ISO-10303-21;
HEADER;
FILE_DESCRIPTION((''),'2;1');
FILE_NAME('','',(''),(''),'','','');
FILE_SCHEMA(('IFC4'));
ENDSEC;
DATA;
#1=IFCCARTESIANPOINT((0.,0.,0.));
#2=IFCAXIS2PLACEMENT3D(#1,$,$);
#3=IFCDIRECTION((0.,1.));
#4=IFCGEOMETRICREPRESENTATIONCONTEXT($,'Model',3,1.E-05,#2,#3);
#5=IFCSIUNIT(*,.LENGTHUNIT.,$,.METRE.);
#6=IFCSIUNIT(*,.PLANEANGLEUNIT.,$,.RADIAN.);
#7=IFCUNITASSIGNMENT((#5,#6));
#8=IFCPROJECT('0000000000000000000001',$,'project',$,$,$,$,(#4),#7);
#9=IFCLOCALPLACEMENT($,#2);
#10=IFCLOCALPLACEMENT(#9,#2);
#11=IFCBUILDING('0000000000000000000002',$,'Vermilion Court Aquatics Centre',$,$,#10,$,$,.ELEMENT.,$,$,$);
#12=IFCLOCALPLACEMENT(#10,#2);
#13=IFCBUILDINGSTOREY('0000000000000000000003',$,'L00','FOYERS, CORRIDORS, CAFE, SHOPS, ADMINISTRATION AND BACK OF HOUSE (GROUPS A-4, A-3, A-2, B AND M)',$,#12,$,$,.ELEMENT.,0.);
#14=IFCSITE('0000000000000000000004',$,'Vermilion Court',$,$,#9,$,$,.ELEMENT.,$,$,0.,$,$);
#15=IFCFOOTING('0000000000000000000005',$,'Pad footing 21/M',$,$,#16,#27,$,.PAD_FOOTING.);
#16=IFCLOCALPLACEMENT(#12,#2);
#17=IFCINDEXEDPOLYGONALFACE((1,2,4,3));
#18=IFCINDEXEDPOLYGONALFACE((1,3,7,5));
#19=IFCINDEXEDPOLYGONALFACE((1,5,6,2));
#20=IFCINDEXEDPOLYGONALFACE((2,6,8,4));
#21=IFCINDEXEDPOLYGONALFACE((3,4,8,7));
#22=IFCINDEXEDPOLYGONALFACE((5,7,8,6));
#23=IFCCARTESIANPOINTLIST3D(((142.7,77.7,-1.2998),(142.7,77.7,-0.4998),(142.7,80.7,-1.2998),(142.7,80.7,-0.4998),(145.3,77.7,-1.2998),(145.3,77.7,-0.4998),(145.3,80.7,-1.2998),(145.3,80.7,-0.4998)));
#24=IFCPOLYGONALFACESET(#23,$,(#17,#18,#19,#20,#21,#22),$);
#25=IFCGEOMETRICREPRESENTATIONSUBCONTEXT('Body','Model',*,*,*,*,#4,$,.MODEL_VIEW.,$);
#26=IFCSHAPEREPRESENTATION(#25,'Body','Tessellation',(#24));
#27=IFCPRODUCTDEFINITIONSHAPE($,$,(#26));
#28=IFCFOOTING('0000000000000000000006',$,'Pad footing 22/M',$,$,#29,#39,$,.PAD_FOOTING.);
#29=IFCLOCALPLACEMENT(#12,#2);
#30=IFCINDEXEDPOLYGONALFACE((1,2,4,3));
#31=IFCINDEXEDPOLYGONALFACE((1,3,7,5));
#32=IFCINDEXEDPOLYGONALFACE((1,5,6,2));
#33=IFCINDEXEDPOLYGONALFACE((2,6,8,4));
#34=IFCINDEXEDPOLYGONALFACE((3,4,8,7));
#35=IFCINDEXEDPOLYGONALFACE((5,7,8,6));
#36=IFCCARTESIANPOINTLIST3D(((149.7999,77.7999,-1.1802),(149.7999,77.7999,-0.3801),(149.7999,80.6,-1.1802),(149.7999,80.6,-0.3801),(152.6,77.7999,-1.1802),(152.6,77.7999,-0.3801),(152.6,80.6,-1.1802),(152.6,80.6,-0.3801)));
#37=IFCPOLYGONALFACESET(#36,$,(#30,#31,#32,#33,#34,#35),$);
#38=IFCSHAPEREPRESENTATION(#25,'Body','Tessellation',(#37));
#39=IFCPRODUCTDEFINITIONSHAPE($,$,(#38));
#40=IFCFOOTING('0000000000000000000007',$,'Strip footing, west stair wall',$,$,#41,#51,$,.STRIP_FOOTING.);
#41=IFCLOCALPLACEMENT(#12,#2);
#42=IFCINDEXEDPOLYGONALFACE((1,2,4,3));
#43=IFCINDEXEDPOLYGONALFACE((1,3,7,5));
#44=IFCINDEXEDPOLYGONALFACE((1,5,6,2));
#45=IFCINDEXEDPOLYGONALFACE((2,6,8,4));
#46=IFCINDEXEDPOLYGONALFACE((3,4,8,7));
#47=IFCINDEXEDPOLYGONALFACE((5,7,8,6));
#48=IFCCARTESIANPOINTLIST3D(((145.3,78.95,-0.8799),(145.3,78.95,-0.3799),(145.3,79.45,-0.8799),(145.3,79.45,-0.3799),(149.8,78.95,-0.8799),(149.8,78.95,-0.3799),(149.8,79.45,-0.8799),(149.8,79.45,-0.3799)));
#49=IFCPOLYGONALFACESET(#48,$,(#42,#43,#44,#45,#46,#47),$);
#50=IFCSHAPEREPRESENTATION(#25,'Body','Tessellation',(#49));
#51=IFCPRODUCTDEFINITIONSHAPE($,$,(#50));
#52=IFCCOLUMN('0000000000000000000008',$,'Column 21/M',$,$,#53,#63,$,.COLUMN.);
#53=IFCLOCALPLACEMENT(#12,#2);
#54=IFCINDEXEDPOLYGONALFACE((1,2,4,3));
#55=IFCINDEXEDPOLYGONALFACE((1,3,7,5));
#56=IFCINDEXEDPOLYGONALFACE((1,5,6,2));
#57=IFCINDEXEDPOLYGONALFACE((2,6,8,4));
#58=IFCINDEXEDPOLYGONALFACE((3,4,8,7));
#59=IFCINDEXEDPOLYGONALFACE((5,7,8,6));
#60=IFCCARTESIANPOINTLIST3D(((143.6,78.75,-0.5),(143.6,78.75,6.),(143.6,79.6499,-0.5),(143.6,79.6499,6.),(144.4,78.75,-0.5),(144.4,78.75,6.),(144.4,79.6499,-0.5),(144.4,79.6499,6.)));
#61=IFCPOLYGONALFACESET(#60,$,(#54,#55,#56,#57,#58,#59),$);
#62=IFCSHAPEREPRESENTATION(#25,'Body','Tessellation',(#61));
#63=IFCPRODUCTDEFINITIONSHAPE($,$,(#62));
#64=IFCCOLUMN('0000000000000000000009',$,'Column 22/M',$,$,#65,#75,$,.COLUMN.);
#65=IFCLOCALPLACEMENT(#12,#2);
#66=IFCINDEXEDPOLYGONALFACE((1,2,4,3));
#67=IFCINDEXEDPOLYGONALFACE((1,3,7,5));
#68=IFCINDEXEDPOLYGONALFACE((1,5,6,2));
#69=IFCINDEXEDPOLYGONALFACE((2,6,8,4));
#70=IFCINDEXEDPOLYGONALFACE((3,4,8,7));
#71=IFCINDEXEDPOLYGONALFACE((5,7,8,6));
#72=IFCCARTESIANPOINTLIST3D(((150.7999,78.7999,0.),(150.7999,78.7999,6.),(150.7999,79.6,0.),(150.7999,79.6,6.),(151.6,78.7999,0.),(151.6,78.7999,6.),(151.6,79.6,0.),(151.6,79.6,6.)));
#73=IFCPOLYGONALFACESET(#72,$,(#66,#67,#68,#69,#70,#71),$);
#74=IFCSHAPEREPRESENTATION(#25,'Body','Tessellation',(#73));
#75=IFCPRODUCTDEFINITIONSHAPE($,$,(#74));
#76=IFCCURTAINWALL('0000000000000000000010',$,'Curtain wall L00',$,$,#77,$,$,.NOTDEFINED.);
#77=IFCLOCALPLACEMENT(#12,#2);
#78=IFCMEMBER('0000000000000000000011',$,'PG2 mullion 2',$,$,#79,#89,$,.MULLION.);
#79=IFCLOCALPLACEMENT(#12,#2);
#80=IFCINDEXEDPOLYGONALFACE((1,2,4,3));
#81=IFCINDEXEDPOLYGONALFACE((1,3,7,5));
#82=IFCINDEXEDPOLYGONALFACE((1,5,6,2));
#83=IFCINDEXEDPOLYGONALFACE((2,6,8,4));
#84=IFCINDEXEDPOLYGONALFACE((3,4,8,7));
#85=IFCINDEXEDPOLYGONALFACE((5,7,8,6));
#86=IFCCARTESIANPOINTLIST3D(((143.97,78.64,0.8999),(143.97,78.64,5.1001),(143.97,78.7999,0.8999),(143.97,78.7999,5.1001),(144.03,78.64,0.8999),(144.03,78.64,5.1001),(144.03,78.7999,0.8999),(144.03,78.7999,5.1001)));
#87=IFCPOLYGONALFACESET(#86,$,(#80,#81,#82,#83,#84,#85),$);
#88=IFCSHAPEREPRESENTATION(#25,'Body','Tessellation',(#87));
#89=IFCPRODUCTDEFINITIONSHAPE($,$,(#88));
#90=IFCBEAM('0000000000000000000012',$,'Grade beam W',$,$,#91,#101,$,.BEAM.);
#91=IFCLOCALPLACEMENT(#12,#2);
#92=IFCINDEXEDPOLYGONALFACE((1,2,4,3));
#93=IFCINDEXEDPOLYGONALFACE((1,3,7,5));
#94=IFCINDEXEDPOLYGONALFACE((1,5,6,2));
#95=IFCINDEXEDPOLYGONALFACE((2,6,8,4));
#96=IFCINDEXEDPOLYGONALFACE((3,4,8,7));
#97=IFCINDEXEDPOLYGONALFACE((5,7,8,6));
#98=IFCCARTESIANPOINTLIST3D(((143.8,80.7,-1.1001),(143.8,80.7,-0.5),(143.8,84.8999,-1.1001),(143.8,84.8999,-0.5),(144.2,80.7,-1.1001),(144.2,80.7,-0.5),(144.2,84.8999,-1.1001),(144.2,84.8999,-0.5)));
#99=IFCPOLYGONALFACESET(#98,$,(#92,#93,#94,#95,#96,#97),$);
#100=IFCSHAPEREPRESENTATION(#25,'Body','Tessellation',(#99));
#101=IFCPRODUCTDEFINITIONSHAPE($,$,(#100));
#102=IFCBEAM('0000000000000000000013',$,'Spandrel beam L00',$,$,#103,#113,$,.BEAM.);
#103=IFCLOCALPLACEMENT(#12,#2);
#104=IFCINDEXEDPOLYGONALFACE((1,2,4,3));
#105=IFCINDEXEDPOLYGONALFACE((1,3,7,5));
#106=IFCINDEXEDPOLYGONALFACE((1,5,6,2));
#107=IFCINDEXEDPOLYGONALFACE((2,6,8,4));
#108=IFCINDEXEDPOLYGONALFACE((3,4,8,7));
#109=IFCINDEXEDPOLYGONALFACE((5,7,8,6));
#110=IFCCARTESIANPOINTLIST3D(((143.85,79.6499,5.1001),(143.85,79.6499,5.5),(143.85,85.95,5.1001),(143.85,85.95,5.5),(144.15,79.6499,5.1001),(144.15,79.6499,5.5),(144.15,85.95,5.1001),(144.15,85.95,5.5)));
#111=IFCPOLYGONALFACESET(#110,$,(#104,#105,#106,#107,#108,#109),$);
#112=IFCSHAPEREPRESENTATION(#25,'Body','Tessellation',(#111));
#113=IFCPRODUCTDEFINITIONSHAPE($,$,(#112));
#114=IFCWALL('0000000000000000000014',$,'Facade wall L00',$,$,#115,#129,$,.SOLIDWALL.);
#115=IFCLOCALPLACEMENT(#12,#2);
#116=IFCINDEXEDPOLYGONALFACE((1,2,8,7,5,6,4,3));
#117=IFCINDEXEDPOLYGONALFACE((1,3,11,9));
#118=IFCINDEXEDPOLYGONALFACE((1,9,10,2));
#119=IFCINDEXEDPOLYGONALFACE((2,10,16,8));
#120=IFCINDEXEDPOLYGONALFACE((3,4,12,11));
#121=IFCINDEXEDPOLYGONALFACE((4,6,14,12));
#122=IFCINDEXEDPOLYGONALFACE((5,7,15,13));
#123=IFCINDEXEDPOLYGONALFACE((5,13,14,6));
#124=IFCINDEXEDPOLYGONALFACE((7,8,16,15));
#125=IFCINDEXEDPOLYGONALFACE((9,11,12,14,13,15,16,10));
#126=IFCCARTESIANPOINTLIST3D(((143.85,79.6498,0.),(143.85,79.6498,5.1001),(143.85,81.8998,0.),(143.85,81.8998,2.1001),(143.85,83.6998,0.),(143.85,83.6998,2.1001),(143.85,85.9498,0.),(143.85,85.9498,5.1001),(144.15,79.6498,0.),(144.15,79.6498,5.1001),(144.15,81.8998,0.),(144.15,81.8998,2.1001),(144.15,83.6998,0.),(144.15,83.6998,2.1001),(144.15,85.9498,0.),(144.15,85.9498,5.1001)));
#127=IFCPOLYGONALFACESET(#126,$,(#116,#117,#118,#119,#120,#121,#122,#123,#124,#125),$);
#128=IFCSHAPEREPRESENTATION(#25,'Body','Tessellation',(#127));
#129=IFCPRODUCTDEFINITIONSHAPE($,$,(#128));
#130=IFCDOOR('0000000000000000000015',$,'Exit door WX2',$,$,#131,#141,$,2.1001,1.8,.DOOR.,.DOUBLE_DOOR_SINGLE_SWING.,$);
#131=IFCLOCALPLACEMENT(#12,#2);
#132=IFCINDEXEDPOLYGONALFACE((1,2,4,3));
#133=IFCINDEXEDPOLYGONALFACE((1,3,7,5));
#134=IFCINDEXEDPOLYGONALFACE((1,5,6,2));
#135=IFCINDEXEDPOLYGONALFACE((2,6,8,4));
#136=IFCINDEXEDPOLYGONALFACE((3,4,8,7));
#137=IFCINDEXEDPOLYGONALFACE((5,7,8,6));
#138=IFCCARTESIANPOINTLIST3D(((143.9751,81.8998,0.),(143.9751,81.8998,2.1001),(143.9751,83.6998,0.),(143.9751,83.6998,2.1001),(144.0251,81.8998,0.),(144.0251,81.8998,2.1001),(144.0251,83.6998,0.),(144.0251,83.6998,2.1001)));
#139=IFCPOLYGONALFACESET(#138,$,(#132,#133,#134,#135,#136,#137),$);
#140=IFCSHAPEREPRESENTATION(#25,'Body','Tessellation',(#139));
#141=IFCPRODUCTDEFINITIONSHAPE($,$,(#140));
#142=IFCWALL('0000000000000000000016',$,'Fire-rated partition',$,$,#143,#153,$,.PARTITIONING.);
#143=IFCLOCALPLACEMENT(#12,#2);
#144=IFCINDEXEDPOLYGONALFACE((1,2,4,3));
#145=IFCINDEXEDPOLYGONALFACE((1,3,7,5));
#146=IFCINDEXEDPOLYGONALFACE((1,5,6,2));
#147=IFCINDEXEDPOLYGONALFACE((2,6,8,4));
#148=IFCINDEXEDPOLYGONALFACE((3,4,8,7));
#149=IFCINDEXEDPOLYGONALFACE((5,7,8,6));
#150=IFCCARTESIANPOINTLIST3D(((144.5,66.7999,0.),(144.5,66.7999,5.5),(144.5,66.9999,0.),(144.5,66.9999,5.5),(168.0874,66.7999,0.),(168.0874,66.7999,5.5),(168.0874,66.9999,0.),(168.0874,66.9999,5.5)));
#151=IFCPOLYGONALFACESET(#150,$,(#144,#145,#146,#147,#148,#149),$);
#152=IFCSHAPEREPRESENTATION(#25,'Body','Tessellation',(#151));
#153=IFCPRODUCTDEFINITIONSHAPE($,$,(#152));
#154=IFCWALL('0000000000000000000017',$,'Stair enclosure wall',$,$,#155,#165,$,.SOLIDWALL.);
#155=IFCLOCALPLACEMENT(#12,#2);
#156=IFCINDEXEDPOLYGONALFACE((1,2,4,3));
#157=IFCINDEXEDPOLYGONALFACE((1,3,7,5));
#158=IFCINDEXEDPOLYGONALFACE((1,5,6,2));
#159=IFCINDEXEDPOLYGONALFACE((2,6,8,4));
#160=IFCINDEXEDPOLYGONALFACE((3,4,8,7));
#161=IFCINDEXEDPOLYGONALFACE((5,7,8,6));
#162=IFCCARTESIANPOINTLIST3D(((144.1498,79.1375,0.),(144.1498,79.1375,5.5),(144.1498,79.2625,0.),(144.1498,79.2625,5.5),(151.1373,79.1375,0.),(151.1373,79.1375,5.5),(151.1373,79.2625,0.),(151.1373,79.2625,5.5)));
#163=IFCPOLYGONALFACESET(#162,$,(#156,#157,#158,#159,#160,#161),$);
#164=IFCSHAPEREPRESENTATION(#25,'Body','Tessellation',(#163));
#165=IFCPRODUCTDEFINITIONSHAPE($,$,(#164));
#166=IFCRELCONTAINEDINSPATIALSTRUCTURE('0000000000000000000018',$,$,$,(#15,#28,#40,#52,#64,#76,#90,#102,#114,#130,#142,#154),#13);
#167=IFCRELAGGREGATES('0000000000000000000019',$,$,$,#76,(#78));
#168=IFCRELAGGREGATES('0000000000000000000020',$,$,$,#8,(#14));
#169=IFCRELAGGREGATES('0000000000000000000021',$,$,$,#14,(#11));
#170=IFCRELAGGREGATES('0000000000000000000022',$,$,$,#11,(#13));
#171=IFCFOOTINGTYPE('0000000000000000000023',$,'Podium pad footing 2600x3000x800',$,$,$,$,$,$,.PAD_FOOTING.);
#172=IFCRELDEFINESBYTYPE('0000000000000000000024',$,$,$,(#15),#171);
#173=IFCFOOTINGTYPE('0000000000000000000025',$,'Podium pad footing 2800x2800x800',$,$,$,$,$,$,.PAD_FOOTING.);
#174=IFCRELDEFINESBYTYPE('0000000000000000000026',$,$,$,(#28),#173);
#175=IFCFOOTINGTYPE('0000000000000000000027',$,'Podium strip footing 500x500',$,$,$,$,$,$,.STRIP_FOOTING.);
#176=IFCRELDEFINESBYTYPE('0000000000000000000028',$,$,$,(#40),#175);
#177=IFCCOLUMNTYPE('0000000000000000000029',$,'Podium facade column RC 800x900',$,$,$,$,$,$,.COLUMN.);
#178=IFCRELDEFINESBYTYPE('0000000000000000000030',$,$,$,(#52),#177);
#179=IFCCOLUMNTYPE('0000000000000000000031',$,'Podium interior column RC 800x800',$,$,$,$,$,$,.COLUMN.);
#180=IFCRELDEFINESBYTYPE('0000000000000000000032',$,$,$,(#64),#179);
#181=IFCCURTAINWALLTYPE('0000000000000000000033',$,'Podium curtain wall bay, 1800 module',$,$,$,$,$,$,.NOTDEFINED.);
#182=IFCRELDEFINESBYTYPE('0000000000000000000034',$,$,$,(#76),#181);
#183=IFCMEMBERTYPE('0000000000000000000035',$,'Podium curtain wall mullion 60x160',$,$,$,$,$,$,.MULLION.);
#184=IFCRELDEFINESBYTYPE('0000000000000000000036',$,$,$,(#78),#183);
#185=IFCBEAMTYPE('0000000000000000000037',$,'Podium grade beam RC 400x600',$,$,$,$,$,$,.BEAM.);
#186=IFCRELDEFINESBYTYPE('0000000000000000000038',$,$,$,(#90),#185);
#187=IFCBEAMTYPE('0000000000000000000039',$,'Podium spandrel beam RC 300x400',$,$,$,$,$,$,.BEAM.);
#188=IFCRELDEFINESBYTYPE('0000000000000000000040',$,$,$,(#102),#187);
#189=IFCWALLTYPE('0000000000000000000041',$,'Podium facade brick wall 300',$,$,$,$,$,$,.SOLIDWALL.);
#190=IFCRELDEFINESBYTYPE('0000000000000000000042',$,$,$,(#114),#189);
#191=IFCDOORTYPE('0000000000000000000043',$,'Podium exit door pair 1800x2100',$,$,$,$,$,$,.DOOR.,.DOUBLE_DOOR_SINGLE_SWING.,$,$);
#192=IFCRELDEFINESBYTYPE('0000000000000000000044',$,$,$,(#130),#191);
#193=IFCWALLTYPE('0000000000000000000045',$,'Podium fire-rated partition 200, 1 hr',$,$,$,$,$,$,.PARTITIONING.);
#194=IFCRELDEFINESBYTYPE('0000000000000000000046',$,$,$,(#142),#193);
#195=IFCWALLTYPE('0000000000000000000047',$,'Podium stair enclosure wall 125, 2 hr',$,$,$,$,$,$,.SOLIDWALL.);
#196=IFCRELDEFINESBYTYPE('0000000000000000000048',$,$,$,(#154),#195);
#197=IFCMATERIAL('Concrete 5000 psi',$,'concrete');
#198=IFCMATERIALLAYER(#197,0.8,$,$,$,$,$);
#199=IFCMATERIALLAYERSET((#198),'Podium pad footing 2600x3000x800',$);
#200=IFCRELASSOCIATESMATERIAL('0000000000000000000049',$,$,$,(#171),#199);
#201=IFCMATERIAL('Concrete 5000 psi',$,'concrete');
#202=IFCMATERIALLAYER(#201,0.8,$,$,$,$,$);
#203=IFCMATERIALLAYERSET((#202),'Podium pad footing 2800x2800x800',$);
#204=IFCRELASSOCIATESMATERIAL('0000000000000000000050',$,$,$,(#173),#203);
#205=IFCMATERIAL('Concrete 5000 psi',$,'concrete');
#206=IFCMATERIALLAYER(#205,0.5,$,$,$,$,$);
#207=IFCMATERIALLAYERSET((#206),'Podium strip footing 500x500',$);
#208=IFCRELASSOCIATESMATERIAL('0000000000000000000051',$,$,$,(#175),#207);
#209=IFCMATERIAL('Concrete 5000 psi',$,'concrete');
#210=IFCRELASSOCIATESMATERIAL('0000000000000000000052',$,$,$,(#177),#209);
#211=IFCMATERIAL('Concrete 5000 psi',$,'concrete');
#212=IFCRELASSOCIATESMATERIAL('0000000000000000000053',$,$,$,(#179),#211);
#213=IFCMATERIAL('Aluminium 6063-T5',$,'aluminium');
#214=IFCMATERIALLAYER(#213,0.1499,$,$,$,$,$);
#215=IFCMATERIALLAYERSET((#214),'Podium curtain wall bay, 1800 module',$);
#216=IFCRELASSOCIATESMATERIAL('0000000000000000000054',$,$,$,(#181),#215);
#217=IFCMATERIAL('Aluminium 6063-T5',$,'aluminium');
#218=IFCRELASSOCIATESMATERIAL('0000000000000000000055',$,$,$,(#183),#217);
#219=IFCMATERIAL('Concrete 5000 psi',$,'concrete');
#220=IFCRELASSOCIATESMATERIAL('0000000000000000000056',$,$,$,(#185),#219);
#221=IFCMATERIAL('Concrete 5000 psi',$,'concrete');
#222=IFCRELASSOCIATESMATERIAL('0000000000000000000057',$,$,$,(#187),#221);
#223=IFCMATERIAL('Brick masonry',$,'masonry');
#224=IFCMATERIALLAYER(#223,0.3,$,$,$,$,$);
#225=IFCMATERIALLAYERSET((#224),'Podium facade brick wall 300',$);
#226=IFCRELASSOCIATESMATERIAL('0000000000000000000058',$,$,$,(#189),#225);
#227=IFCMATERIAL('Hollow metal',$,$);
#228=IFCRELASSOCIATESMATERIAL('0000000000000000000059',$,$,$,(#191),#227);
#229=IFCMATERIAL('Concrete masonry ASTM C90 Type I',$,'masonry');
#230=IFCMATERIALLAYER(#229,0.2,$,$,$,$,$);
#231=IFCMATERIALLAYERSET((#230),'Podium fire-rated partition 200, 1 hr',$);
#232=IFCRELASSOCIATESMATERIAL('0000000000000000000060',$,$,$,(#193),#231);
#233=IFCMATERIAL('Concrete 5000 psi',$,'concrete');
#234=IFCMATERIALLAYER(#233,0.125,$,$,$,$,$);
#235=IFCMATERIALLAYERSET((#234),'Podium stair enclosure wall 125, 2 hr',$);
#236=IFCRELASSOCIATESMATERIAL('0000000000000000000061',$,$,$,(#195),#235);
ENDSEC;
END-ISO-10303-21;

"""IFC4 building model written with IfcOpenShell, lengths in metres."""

from ifc_helpers import new_model, si_unit, direction, frame, frame_2d, origin, origin_2d, place, context, subcontext, project, spatial, rectangle, extrude, material, layer, layer_set, material_profile, profile_set, type_object, element, fill, aggregate, save


model = new_model("IFC4")

# Units and contexts
model_context = context("Model", 3, precision=1e-05, world=origin(), true_north=direction((0.0, 1.0)))
body_context = subcontext(model_context, "Body", "Model", "MODEL_VIEW")
ifc_project = project(units=[si_unit("LENGTHUNIT", "METRE"), si_unit("PLANEANGLEUNIT", "RADIAN")], contexts=[model_context])

# Site, building, storey
site_placement = place(None, origin())
site = spatial("IfcSite", under=ifc_project, at=site_placement, Name="Vermilion Court", CompositionType="ELEMENT", RefElevation=0.0)
building_placement = place(site_placement, origin())
building = spatial("IfcBuilding", under=site, at=building_placement, Name="Vermilion Court Aquatics Centre", CompositionType="ELEMENT")
storey_placement = place(building_placement, origin())
storey = spatial("IfcBuildingStorey", under=building, at=storey_placement, Name="L00", Description="FOYERS, CORRIDORS, CAFE, SHOPS, ADMINISTRATION AND BACK OF HOUSE (GROUPS A-4, A-3, A-2, B AND M)", CompositionType="ELEMENT", Elevation=0.0)

# Footings
ifc_material_1 = material(Name="Concrete 5000 psi", Category="concrete")
ifc_layer_1 = layer(ifc_material_1, 0.8)
ifc_layer_set_1 = layer_set([ifc_layer_1], Name="Podium pad footing 2600x3000x800")
footing_type_1 = type_object("IfcFootingType", Name="Podium pad footing 2600x3000x800", PredefinedType="PAD_FOOTING", material=ifc_layer_set_1)
footing_1_placement = place(storey_placement, frame((144.0, 79.2, -1.2998), z_axis=(0.0, 0.0, 1.0), x_axis=(1.0, 0.0, 0.0)))
element("IfcFooting", 1, at=footing_1_placement, inside=storey, type_object=footing_type_1, Name="Pad footing 21/M", PredefinedType="PAD_FOOTING", context=body_context, shape_type="SweptSolid", body=[
    extrude(rectangle(XDim=2.6001, YDim=3.0, at=origin_2d()), origin(), (0.0, 0.0, 1.0), 0.8),
])
ifc_material_2 = material(Name="Concrete 5000 psi", Category="concrete")
ifc_layer_2 = layer(ifc_material_2, 0.8)
ifc_layer_set_2 = layer_set([ifc_layer_2], Name="Podium pad footing 2800x2800x800")
footing_type_2 = type_object("IfcFootingType", Name="Podium pad footing 2800x2800x800", PredefinedType="PAD_FOOTING", material=ifc_layer_set_2)
footing_2_placement = place(storey_placement, frame((151.2, 79.2, -1.1802), z_axis=(0.0, 0.0, 1.0), x_axis=(1.0, 0.0, 0.0)))
element("IfcFooting", 2, at=footing_2_placement, inside=storey, type_object=footing_type_2, Name="Pad footing 22/M", PredefinedType="PAD_FOOTING", context=body_context, shape_type="SweptSolid", body=[
    extrude(rectangle(XDim=2.8, YDim=2.8, at=origin_2d()), origin(), (0.0, 0.0, 1.0), 0.8),
])
ifc_material_3 = material(Name="Concrete 5000 psi", Category="concrete")
ifc_layer_3 = layer(ifc_material_3, 0.5)
ifc_layer_set_3 = layer_set([ifc_layer_3], Name="Podium strip footing 500x500")
footing_type_3 = type_object("IfcFootingType", Name="Podium strip footing 500x500", PredefinedType="STRIP_FOOTING", material=ifc_layer_set_3)
footing_3_placement = place(storey_placement, frame((147.55, 79.2, -0.8799), z_axis=(0.0, 0.0, 1.0), x_axis=(1.0, 0.0, 0.0)))
element("IfcFooting", 3, at=footing_3_placement, inside=storey, type_object=footing_type_3, Name="Strip footing, west stair wall", PredefinedType="STRIP_FOOTING", context=body_context, shape_type="SweptSolid", body=[
    extrude(rectangle(XDim=4.5, YDim=0.5, at=origin_2d()), origin(), (0.0, 0.0, 1.0), 0.5),
])

# Columns
ifc_material_4 = material(Name="Concrete 5000 psi", Category="concrete")
ifc_material_profile_1 = material_profile(ifc_material_4, rectangle(XDim=0.8, YDim=0.8999, at=origin_2d()), Name="RC 800x900")
ifc_profile_set_1 = profile_set([ifc_material_profile_1], Name="Concrete 5000 psi")
column_type_1 = type_object("IfcColumnType", Name="Podium facade column RC 800x900", PredefinedType="COLUMN", material=ifc_profile_set_1)
column_1_placement = place(storey_placement, frame((144.0, 79.2, -0.5), z_axis=(0.0, 0.0, 1.0), x_axis=(1.0, 0.0, 0.0)))
element("IfcColumn", 4, at=column_1_placement, inside=storey, type_object=column_type_1, Name="Column 21/M", PredefinedType="COLUMN", context=body_context, shape_type="SweptSolid", body=[
    extrude(rectangle(XDim=0.8, YDim=0.8999, at=origin_2d()), origin(), (0.0, 0.0, 1.0), 6.5),
])
ifc_material_5 = material(Name="Concrete 5000 psi", Category="concrete")
ifc_material_profile_2 = material_profile(ifc_material_5, rectangle(XDim=0.8, YDim=0.8, at=origin_2d()), Name="RC 800x800")
ifc_profile_set_2 = profile_set([ifc_material_profile_2], Name="Concrete 5000 psi")
column_type_2 = type_object("IfcColumnType", Name="Podium interior column RC 800x800", PredefinedType="COLUMN", material=ifc_profile_set_2)
column_2_placement = place(storey_placement, frame((151.2, 79.2, 0.0), z_axis=(0.0, 0.0, 1.0), x_axis=(1.0, 0.0, 0.0)))
element("IfcColumn", 5, at=column_2_placement, inside=storey, type_object=column_type_2, Name="Column 22/M", PredefinedType="COLUMN", context=body_context, shape_type="SweptSolid", body=[
    extrude(rectangle(XDim=0.8, YDim=0.8, at=origin_2d()), origin(), (0.0, 0.0, 1.0), 6.0),
])

# Curtain wall, member
ifc_material_6 = material(Name="Aluminium 6063-T5", Category="aluminium")
ifc_layer_4 = layer(ifc_material_6, 0.1499)
ifc_layer_set_4 = layer_set([ifc_layer_4], Name="Podium curtain wall bay, 1800 module")
curtain_wall_type = type_object("IfcCurtainWallType", Name="Podium curtain wall bay, 1800 module", PredefinedType="NOTDEFINED", material=ifc_layer_set_4)
curtain_wall_placement = place(storey_placement, origin())
curtain_wall = element("IfcCurtainWall", 6, at=curtain_wall_placement, inside=storey, type_object=curtain_wall_type, Name="Curtain wall L00", PredefinedType="NOTDEFINED")
ifc_material_7 = material(Name="Aluminium 6063-T5", Category="aluminium")
ifc_material_profile_3 = material_profile(ifc_material_7, rectangle(XDim=0.0601, YDim=0.1599, at=origin_2d()), Name="Mullion 60x160")
ifc_profile_set_3 = profile_set([ifc_material_profile_3], Name="Aluminium 6063-T5")
member_type = type_object("IfcMemberType", Name="Podium curtain wall mullion 60x160", PredefinedType="MULLION", material=ifc_profile_set_3)
member_placement = place(storey_placement, frame((144.0, 78.72, 0.8999), z_axis=(0.0, 0.0, 1.0), x_axis=(-1.0, 0.0, 0.0)))
member = element("IfcMember", 7, at=member_placement, type_object=member_type, Name="PG2 mullion 2", PredefinedType="MULLION", context=body_context, shape_type="SweptSolid", body=[
    extrude(rectangle(XDim=0.0601, YDim=0.1599, at=origin_2d()), origin(), (0.0, 0.0, 1.0), 4.2002),
])
aggregate(curtain_wall, [member])

# Beams
ifc_material_8 = material(Name="Concrete 5000 psi", Category="concrete")
ifc_material_profile_4 = material_profile(ifc_material_8, rectangle(XDim=0.3999, YDim=0.6001, at=origin_2d()), Name="RC 400x600")
ifc_profile_set_4 = profile_set([ifc_material_profile_4], Name="Concrete 5000 psi")
beam_type_1 = type_object("IfcBeamType", Name="Podium grade beam RC 400x600", PredefinedType="BEAM", material=ifc_profile_set_4)
beam_1_placement = place(storey_placement, frame((144.0, 80.7, -0.8), z_axis=(0.0, 1.0, 0.0), x_axis=(-1.0, 0.0, 0.0)))
element("IfcBeam", 8, at=beam_1_placement, inside=storey, type_object=beam_type_1, Name="Grade beam W", PredefinedType="BEAM", context=body_context, shape_type="SweptSolid", body=[
    extrude(rectangle(XDim=0.3999, YDim=0.6001, at=origin_2d()), origin(), (0.0, 0.0, 1.0), 4.2),
])
ifc_material_9 = material(Name="Concrete 5000 psi", Category="concrete")
ifc_material_profile_5 = material_profile(ifc_material_9, rectangle(XDim=0.3, YDim=0.3999, at=origin_2d()), Name="RC 300x400")
ifc_profile_set_5 = profile_set([ifc_material_profile_5], Name="Concrete 5000 psi")
beam_type_2 = type_object("IfcBeamType", Name="Podium spandrel beam RC 300x400", PredefinedType="BEAM", material=ifc_profile_set_5)
beam_2_placement = place(storey_placement, frame((144.0, 79.6499, 5.3), z_axis=(0.0, 1.0, 0.0), x_axis=(-1.0, 0.0, 0.0)))
element("IfcBeam", 9, at=beam_2_placement, inside=storey, type_object=beam_type_2, Name="Spandrel beam L00", PredefinedType="BEAM", context=body_context, shape_type="SweptSolid", body=[
    extrude(rectangle(XDim=0.3, YDim=0.3999, at=origin_2d()), origin(), (0.0, 0.0, 1.0), 6.3),
])

# Wall, opening, door
ifc_material_10 = material(Name="Brick masonry", Category="masonry")
ifc_layer_5 = layer(ifc_material_10, 0.3)
ifc_layer_set_5 = layer_set([ifc_layer_5], Name="Podium facade brick wall 300")
wall_type_1 = type_object("IfcWallType", Name="Podium facade brick wall 300", PredefinedType="SOLIDWALL", material=ifc_layer_set_5)
wall_1_placement = place(storey_placement, frame((144.0, 79.6499, 0.0), z_axis=(0.0, 0.0, 1.0), x_axis=(0.0, 1.0, 0.0)))
wall_1 = element("IfcWall", 10, at=wall_1_placement, inside=storey, type_object=wall_type_1, Name="Facade wall L00", PredefinedType="SOLIDWALL", context=body_context, shape_type="SweptSolid", body=[
    extrude(rectangle(XDim=6.3, YDim=0.3, at=frame_2d((3.1499, 0.0))), origin(), (0.0, 0.0, 1.0), 5.1001),
])
opening_placement = place(wall_1_placement, frame((2.25, 0.0, 0.0)))
opening = element("IfcOpeningElement", 11, at=opening_placement, cuts=wall_1, PredefinedType="OPENING", context=body_context, shape_type="SweptSolid", body=[
    extrude(rectangle(XDim=1.8, YDim=2.1001, at=frame_2d((0.8999, 1.05))), frame((0.0, 0.1599, 0.0), z_axis=(0.0, -1.0, 0.0), x_axis=(1.0, 0.0, 0.0)), (0.0, 0.0, 1.0), 0.3201),
])
ifc_material_11 = material(Name="Hollow metal")
door_type = type_object("IfcDoorType", Name="Podium exit door pair 1800x2100", OperationType="DOUBLE_DOOR_SINGLE_SWING", PredefinedType="DOOR", material=ifc_material_11)
door_placement = place(opening_placement, origin())
door = element("IfcDoor", 12, at=door_placement, inside=storey, type_object=door_type, Name="Exit door WX2", OperationType="DOUBLE_DOOR_SINGLE_SWING", OverallHeight=2.1001, OverallWidth=1.8, PredefinedType="DOOR", context=body_context, shape_type="SweptSolid", body=[
    extrude(rectangle(XDim=1.8, YDim=2.1001, at=frame_2d((0.8999, 1.05))), frame((0.0, 0.0249, 0.0), z_axis=(0.0, -1.0, 0.0), x_axis=(1.0, 0.0, 0.0)), (0.0, 0.0, 1.0), 0.05),
])
fill(opening, door)

# Walls
ifc_material_12 = material(Name="Concrete masonry ASTM C90 Type I", Category="masonry")
ifc_layer_6 = layer(ifc_material_12, 0.2)
ifc_layer_set_6 = layer_set([ifc_layer_6], Name="Podium fire-rated partition 200, 1 hr")
wall_type_2 = type_object("IfcWallType", Name="Podium fire-rated partition 200, 1 hr", PredefinedType="PARTITIONING", material=ifc_layer_set_6)
wall_2_placement = place(storey_placement, frame((144.5, 66.8999, 0.0), z_axis=(0.0, 0.0, 1.0), x_axis=(1.0, 0.0, 0.0)))
element("IfcWall", 13, at=wall_2_placement, inside=storey, type_object=wall_type_2, Name="Fire-rated partition", PredefinedType="PARTITIONING", context=body_context, shape_type="SweptSolid", body=[
    extrude(rectangle(XDim=23.5874, YDim=0.2, at=frame_2d((11.7937, 0.0))), origin(), (0.0, 0.0, 1.0), 5.5),
])
ifc_material_13 = material(Name="Concrete 5000 psi", Category="concrete")
ifc_layer_7 = layer(ifc_material_13, 0.125)
ifc_layer_set_7 = layer_set([ifc_layer_7], Name="Podium stair enclosure wall 125, 2 hr")
wall_type_3 = type_object("IfcWallType", Name="Podium stair enclosure wall 125, 2 hr", PredefinedType="SOLIDWALL", material=ifc_layer_set_7)
wall_3_placement = place(storey_placement, frame((144.1499, 79.2, 0.0), z_axis=(0.0, 0.0, 1.0), x_axis=(1.0, 0.0, 0.0)))
element("IfcWall", 14, at=wall_3_placement, inside=storey, type_object=wall_type_3, Name="Stair enclosure wall", PredefinedType="SOLIDWALL", context=body_context, shape_type="SweptSolid", body=[
    extrude(rectangle(XDim=6.9875, YDim=0.125, at=frame_2d((3.4937, 0.0))), origin(), (0.0, 0.0, 1.0), 5.5),
])

save(model, "model.ifc")
